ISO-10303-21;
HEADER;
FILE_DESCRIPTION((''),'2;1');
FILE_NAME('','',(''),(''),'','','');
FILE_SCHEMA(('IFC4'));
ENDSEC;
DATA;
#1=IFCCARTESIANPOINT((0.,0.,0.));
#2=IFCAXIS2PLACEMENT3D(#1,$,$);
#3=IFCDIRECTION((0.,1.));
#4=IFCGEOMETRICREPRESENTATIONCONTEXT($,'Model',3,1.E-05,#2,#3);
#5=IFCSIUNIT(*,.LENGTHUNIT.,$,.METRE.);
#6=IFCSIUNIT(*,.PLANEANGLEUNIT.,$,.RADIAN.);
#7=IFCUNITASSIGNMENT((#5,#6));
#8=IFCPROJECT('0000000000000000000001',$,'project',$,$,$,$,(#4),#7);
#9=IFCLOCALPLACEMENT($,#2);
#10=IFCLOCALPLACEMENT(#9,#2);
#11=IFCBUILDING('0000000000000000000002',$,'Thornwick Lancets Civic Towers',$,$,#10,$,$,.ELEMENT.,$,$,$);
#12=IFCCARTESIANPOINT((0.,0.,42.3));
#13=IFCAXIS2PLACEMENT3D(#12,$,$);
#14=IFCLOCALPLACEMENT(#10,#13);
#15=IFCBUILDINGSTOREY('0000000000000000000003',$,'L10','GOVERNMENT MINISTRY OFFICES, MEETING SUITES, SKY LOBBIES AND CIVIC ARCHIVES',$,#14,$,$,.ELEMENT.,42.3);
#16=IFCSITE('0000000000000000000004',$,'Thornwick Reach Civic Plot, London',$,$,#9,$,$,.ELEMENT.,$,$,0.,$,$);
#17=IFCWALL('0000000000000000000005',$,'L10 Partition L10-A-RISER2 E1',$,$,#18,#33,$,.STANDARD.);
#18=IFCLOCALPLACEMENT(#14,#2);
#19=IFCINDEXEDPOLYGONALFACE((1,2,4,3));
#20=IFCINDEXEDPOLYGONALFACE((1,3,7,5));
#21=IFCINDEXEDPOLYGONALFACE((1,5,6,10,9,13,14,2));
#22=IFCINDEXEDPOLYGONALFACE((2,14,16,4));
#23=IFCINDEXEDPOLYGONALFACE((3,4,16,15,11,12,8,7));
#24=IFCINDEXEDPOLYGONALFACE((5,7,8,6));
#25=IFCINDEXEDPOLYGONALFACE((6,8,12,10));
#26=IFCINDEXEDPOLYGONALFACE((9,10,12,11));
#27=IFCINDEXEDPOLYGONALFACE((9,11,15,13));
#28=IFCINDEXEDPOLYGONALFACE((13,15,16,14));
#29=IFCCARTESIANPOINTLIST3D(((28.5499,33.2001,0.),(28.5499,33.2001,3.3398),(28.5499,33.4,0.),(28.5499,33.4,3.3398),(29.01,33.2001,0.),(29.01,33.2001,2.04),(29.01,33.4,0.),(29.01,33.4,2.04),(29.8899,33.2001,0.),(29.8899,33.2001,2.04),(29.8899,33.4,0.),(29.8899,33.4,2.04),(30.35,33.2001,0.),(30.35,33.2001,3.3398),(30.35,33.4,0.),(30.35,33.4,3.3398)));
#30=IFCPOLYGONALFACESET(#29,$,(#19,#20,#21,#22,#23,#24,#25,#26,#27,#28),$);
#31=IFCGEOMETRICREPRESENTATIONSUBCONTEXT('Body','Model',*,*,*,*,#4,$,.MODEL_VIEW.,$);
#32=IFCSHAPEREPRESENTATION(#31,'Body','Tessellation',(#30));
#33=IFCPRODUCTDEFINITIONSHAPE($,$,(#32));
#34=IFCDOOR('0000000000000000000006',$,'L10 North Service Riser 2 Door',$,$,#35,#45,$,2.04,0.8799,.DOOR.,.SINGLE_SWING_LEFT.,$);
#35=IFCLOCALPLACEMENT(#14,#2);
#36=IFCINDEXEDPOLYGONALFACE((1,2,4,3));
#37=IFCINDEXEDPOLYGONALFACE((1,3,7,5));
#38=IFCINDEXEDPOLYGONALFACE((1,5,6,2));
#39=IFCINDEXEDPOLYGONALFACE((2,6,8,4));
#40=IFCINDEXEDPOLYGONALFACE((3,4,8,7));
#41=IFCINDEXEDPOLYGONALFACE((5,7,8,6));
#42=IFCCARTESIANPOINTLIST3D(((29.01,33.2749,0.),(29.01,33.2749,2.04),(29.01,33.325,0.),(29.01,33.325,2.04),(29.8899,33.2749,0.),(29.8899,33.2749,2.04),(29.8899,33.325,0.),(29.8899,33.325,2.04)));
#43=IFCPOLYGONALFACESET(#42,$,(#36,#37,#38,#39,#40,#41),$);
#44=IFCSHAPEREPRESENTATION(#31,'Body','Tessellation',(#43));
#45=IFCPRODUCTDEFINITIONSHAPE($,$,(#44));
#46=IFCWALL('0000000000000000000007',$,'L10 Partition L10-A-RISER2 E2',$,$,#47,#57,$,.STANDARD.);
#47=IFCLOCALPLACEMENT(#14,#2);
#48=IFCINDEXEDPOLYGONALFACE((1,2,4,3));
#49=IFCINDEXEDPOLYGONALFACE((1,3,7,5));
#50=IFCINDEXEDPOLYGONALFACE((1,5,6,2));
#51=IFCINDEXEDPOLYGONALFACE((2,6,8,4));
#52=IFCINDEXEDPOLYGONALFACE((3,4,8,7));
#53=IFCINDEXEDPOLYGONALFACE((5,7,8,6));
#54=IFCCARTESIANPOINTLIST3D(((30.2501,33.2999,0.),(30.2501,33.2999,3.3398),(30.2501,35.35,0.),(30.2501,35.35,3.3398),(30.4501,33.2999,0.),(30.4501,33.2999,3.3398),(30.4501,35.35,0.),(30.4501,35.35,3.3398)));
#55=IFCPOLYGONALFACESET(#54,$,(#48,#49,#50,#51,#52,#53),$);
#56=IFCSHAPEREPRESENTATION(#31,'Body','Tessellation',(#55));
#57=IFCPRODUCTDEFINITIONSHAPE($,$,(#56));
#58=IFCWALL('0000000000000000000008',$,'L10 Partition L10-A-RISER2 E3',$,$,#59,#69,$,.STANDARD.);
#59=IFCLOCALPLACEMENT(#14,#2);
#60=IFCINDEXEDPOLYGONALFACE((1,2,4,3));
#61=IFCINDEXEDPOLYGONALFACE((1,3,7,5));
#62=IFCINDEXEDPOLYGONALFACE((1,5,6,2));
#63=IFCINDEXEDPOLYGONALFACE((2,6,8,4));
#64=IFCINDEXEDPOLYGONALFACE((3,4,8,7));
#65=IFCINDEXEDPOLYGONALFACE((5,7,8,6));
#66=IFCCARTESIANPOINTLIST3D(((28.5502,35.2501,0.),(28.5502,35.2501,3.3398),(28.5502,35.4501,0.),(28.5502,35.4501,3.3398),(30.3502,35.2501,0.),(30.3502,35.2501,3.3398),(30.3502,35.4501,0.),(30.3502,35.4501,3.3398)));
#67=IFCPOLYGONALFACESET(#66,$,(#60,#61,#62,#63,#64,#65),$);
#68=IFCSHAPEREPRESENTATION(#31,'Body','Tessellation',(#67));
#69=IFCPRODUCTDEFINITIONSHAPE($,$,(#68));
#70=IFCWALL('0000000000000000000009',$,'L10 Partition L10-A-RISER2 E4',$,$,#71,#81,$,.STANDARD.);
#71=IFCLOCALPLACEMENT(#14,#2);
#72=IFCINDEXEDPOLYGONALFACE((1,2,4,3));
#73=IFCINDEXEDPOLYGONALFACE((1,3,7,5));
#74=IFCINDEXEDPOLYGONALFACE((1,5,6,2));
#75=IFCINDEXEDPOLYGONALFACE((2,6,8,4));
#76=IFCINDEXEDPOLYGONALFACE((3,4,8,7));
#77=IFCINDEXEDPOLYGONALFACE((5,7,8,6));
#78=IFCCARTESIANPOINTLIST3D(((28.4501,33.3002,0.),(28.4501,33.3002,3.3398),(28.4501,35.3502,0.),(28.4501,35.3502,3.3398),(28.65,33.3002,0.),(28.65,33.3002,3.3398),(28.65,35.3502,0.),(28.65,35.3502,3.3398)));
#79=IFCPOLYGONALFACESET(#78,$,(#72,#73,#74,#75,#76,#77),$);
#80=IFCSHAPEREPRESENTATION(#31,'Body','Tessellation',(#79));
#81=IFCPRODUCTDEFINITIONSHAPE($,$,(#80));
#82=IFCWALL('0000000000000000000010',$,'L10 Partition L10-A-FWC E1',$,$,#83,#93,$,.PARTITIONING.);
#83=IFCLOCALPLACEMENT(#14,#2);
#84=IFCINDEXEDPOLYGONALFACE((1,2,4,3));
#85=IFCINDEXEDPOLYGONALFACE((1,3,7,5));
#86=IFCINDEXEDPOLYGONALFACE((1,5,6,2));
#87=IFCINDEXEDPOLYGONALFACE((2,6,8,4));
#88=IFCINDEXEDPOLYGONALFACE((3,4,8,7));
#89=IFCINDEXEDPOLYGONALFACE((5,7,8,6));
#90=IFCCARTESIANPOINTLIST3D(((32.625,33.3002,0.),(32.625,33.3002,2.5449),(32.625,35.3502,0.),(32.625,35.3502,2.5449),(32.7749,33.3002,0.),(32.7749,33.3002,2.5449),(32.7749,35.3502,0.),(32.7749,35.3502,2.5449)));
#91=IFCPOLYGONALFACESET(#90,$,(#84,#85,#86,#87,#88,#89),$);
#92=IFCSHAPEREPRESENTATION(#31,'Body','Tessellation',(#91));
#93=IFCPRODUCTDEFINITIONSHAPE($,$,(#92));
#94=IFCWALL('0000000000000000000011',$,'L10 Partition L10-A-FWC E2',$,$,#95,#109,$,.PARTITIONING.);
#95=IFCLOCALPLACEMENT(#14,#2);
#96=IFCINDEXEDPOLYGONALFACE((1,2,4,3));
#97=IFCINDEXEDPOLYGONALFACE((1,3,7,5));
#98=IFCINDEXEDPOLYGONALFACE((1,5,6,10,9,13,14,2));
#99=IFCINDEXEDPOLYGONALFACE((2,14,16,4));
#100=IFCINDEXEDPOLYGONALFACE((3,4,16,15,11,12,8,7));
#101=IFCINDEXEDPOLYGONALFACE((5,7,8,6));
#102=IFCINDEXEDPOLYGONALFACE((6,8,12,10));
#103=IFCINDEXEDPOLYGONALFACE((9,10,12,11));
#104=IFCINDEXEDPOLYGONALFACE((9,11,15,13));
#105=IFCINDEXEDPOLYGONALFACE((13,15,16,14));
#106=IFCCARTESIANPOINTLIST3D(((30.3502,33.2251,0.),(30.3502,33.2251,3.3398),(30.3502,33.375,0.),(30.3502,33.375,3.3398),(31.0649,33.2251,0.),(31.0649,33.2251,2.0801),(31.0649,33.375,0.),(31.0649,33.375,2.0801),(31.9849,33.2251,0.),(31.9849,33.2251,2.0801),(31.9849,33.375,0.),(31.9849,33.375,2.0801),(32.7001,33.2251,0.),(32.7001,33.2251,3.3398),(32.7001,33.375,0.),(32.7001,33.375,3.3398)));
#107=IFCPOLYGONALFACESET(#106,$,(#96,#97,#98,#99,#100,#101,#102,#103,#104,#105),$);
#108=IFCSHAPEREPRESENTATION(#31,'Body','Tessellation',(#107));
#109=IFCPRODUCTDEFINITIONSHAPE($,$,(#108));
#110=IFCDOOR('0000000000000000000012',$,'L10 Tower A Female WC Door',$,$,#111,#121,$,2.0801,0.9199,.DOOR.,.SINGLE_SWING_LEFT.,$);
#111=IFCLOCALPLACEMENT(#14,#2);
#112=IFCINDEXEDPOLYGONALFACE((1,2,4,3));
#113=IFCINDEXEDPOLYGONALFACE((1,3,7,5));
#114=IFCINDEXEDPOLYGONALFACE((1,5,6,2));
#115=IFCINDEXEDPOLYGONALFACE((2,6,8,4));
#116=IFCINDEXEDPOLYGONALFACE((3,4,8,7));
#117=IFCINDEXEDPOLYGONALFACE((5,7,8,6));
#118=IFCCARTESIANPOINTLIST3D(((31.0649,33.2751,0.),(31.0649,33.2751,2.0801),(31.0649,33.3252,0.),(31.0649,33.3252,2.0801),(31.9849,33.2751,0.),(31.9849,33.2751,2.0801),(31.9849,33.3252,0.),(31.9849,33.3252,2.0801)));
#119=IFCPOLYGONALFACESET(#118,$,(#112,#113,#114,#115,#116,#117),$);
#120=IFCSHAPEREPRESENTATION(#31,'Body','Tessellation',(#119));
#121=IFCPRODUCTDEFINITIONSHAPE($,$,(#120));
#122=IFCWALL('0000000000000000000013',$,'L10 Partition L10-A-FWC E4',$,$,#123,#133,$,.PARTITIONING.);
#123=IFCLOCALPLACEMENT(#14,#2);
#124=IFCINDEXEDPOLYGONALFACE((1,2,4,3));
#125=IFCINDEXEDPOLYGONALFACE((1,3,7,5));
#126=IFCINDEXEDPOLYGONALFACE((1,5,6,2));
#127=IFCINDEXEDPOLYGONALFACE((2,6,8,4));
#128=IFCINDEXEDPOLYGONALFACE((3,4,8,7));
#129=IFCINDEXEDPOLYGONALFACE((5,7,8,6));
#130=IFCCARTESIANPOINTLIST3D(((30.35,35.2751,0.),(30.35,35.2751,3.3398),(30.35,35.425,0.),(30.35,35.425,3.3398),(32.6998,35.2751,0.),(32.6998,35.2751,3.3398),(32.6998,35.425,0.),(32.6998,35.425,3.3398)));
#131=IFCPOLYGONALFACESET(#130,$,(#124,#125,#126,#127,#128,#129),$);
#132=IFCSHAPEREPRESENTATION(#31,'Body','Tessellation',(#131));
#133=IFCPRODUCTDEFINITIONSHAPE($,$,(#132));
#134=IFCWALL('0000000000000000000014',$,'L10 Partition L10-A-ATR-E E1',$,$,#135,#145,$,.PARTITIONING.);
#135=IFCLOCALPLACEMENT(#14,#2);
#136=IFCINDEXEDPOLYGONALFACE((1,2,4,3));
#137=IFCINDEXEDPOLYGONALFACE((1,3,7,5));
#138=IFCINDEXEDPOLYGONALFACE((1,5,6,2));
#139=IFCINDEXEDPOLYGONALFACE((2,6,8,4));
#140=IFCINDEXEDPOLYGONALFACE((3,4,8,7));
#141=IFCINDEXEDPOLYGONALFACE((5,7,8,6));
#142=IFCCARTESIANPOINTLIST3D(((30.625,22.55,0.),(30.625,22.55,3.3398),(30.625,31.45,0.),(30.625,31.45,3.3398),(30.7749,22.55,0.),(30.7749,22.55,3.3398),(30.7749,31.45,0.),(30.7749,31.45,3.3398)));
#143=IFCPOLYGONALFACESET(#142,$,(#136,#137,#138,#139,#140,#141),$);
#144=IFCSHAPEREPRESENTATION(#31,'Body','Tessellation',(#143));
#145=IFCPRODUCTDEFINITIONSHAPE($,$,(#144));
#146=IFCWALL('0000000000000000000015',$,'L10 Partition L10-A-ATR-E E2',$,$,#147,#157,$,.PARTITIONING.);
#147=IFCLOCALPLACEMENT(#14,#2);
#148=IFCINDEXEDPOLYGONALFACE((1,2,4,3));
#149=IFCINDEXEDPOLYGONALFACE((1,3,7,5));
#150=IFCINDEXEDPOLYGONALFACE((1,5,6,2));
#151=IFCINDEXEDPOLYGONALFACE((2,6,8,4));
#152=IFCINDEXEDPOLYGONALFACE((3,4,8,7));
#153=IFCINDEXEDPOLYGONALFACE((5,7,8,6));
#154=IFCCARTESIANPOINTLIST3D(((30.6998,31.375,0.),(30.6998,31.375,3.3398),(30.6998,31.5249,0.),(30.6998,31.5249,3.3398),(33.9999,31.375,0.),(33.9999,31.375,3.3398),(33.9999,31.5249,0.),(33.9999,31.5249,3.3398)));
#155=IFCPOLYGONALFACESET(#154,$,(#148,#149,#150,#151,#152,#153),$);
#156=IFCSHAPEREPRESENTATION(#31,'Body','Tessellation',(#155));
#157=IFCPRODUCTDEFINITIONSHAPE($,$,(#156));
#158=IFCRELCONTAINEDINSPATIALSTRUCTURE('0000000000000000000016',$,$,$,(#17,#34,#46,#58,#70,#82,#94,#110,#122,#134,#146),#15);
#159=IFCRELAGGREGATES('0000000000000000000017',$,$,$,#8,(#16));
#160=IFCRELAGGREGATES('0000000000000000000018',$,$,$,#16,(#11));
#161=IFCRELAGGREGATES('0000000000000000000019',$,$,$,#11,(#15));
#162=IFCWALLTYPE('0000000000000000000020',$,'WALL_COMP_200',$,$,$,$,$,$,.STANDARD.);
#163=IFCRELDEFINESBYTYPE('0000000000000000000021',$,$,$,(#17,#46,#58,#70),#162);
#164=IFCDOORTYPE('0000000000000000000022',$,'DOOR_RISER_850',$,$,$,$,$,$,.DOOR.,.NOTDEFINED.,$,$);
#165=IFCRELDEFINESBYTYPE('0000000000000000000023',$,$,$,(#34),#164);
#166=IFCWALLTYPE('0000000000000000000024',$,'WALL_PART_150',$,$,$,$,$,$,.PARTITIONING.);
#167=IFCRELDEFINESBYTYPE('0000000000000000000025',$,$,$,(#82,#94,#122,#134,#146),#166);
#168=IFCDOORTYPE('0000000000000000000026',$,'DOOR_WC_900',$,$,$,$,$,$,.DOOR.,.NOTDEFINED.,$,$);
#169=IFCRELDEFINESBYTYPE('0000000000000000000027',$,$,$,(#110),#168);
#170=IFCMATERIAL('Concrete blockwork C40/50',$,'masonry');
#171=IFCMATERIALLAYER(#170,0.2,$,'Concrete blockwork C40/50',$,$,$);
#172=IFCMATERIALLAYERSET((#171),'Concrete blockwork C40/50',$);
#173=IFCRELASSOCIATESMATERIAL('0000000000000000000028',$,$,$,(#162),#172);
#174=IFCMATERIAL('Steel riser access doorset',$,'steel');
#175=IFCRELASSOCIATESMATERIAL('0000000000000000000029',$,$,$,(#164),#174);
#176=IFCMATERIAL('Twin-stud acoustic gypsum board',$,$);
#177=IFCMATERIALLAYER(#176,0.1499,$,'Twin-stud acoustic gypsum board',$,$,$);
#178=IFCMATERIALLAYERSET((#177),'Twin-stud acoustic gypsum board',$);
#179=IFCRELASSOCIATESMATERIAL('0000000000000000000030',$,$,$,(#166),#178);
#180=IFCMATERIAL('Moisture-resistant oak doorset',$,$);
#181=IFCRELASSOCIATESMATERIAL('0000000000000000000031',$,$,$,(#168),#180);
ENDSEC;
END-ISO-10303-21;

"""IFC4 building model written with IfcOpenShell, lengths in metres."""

from ifc_helpers import new_model, si_unit, direction, frame, frame_2d, origin, place, context, subcontext, project, spatial, rectangle, extrude, material, layer, layer_set, type_object, element, fill, save


model = new_model("IFC4")

# Units and contexts
model_context = context("Model", 3, precision=1e-05, world=origin(), true_north=direction((0.0, 1.0)))
body_context = subcontext(model_context, "Body", "Model", "MODEL_VIEW")
ifc_project = project(units=[si_unit("LENGTHUNIT", "METRE"), si_unit("PLANEANGLEUNIT", "RADIAN")], contexts=[model_context])

# Site, building, storey
site_placement = place(None, origin())
site = spatial("IfcSite", under=ifc_project, at=site_placement, Name="Thornwick Reach Civic Plot, London", CompositionType="ELEMENT", RefElevation=0.0)
building_placement = place(site_placement, origin())
building = spatial("IfcBuilding", under=site, at=building_placement, Name="Thornwick Lancets Civic Towers", CompositionType="ELEMENT")
storey_placement = place(building_placement, frame((0.0, 0.0, 42.3)))
storey = spatial("IfcBuildingStorey", under=building, at=storey_placement, Name="L10", Description="GOVERNMENT MINISTRY OFFICES, MEETING SUITES, SKY LOBBIES AND CIVIC ARCHIVES", CompositionType="ELEMENT", Elevation=42.3)

# Shared definitions
ifc_material_1 = material(Name="Concrete blockwork C40/50", Category="masonry")
ifc_layer_1 = layer(ifc_material_1, 0.2, Name="Concrete blockwork C40/50")
ifc_layer_set_1 = layer_set([ifc_layer_1], Name="Concrete blockwork C40/50")
wall_type_1 = type_object("IfcWallType", Name="WALL_COMP_200", PredefinedType="STANDARD", material=ifc_layer_set_1)

# Wall, opening, door
wall_1_placement = place(storey_placement, frame((28.55, 33.3, 0.0), z_axis=(0.0, 0.0, 1.0), x_axis=(1.0, 0.0, 0.0)))
wall_1 = element("IfcWall", 1, at=wall_1_placement, inside=storey, type_object=wall_type_1, Name="L10 Partition L10-A-RISER2 E1", PredefinedType="STANDARD", context=body_context, shape_type="SweptSolid", body=[
    extrude(rectangle(XDim=1.8, YDim=0.2, at=frame_2d((0.8999, 0.0))), origin(), (0.0, 0.0, 1.0), 3.3398),
])
opening_1_placement = place(wall_1_placement, frame((0.46, 0.0, 0.0)))
opening_1 = element("IfcOpeningElement", 2, at=opening_1_placement, cuts=wall_1, PredefinedType="OPENING", context=body_context, shape_type="SweptSolid", body=[
    extrude(rectangle(XDim=0.8799, YDim=2.04, at=frame_2d((0.4399, 1.02))), frame((0.0, 0.1099, 0.0), z_axis=(0.0, -1.0, 0.0), x_axis=(1.0, 0.0, 0.0)), (0.0, 0.0, 1.0), 0.22),
])
ifc_material_2 = material(Name="Steel riser access doorset", Category="steel")
door_type_1 = type_object("IfcDoorType", Name="DOOR_RISER_850", OperationType="NOTDEFINED", PredefinedType="DOOR", material=ifc_material_2)
door_1_placement = place(opening_1_placement, origin())
door_1 = element("IfcDoor", 3, at=door_1_placement, inside=storey, type_object=door_type_1, Name="L10 North Service Riser 2 Door", OperationType="SINGLE_SWING_LEFT", OverallHeight=2.04, OverallWidth=0.8799, PredefinedType="DOOR", context=body_context, shape_type="SweptSolid", body=[
    extrude(rectangle(XDim=0.8799, YDim=2.04, at=frame_2d((0.4399, 1.02))), frame((0.0, 0.0249, 0.0), z_axis=(0.0, -1.0, 0.0), x_axis=(1.0, 0.0, 0.0)), (0.0, 0.0, 1.0), 0.05),
])
fill(opening_1, door_1)

# Walls
wall_2_placement = place(storey_placement, frame((30.3501, 33.3, 0.0), z_axis=(0.0, 0.0, 1.0), x_axis=(0.0, 1.0, 0.0)))
element("IfcWall", 4, at=wall_2_placement, inside=storey, type_object=wall_type_1, Name="L10 Partition L10-A-RISER2 E2", PredefinedType="STANDARD", context=body_context, shape_type="SweptSolid", body=[
    extrude(rectangle(XDim=2.05, YDim=0.2, at=frame_2d((1.0249, 0.0))), origin(), (0.0, 0.0, 1.0), 3.3398),
])
wall_3_placement = place(storey_placement, frame((30.3501, 35.3501, 0.0), z_axis=(0.0, 0.0, 1.0), x_axis=(-1.0, 0.0, 0.0)))
element("IfcWall", 5, at=wall_3_placement, inside=storey, type_object=wall_type_1, Name="L10 Partition L10-A-RISER2 E3", PredefinedType="STANDARD", context=body_context, shape_type="SweptSolid", body=[
    extrude(rectangle(XDim=1.8, YDim=0.2, at=frame_2d((0.8999, 0.0))), origin(), (0.0, 0.0, 1.0), 3.3398),
])
wall_4_placement = place(storey_placement, frame((28.55, 35.3501, 0.0), z_axis=(0.0, 0.0, 1.0), x_axis=(0.0, -1.0, 0.0)))
element("IfcWall", 6, at=wall_4_placement, inside=storey, type_object=wall_type_1, Name="L10 Partition L10-A-RISER2 E4", PredefinedType="STANDARD", context=body_context, shape_type="SweptSolid", body=[
    extrude(rectangle(XDim=2.05, YDim=0.2, at=frame_2d((1.0249, 0.0))), origin(), (0.0, 0.0, 1.0), 3.3398),
])
ifc_material_3 = material(Name="Twin-stud acoustic gypsum board")
ifc_layer_2 = layer(ifc_material_3, 0.1499, Name="Twin-stud acoustic gypsum board")
ifc_layer_set_2 = layer_set([ifc_layer_2], Name="Twin-stud acoustic gypsum board")
wall_type_2 = type_object("IfcWallType", Name="WALL_PART_150", PredefinedType="PARTITIONING", material=ifc_layer_set_2)
wall_5_placement = place(storey_placement, frame((32.7, 35.3501, 0.0), z_axis=(0.0, 0.0, 1.0), x_axis=(0.0, -1.0, 0.0)))
element("IfcWall", 7, at=wall_5_placement, inside=storey, type_object=wall_type_2, Name="L10 Partition L10-A-FWC E1", PredefinedType="PARTITIONING", context=body_context, shape_type="SweptSolid", body=[
    extrude(rectangle(XDim=2.05, YDim=0.1499, at=frame_2d((1.0249, 0.0))), origin(), (0.0, 0.0, 1.0), 2.5449),
])

# Wall, opening, door
wall_6_placement = place(storey_placement, frame((32.7, 33.3, 0.0), z_axis=(0.0, 0.0, 1.0), x_axis=(-1.0, 0.0, 0.0)))
wall_6 = element("IfcWall", 8, at=wall_6_placement, inside=storey, type_object=wall_type_2, Name="L10 Partition L10-A-FWC E2", PredefinedType="PARTITIONING", context=body_context, shape_type="SweptSolid", body=[
    extrude(rectangle(XDim=2.3499, YDim=0.1499, at=frame_2d((1.1748, 0.0))), origin(), (0.0, 0.0, 1.0), 3.3398),
])
opening_2_placement = place(wall_6_placement, frame((0.7151, 0.0, 0.0)))
opening_2 = element("IfcOpeningElement", 9, at=opening_2_placement, cuts=wall_6, PredefinedType="OPENING", context=body_context, shape_type="SweptSolid", body=[
    extrude(rectangle(XDim=0.9199, YDim=2.0801, at=frame_2d((0.46, 1.04))), frame((0.0, 0.085, 0.0), z_axis=(0.0, -1.0, 0.0), x_axis=(1.0, 0.0, 0.0)), (0.0, 0.0, 1.0), 0.1699),
])
ifc_material_4 = material(Name="Moisture-resistant oak doorset")
door_type_2 = type_object("IfcDoorType", Name="DOOR_WC_900", OperationType="NOTDEFINED", PredefinedType="DOOR", material=ifc_material_4)
door_2_placement = place(opening_2_placement, origin())
door_2 = element("IfcDoor", 10, at=door_2_placement, inside=storey, type_object=door_type_2, Name="L10 Tower A Female WC Door", OperationType="SINGLE_SWING_LEFT", OverallHeight=2.0801, OverallWidth=0.9199, PredefinedType="DOOR", context=body_context, shape_type="SweptSolid", body=[
    extrude(rectangle(XDim=0.9199, YDim=2.0801, at=frame_2d((0.46, 1.04))), frame((0.0, 0.0249, 0.0), z_axis=(0.0, -1.0, 0.0), x_axis=(1.0, 0.0, 0.0)), (0.0, 0.0, 1.0), 0.05),
])
fill(opening_2, door_2)

# Walls
wall_7_placement = place(storey_placement, frame((30.3501, 35.3501, 0.0), z_axis=(0.0, 0.0, 1.0), x_axis=(1.0, 0.0, 0.0)))
element("IfcWall", 11, at=wall_7_placement, inside=storey, type_object=wall_type_2, Name="L10 Partition L10-A-FWC E4", PredefinedType="PARTITIONING", context=body_context, shape_type="SweptSolid", body=[
    extrude(rectangle(XDim=2.3499, YDim=0.1499, at=frame_2d((1.1748, 0.0))), origin(), (0.0, 0.0, 1.0), 3.3398),
])
wall_8_placement = place(storey_placement, frame((30.7, 22.55, 0.0), z_axis=(0.0, 0.0, 1.0), x_axis=(0.0, 1.0, 0.0)))
element("IfcWall", 12, at=wall_8_placement, inside=storey, type_object=wall_type_2, Name="L10 Partition L10-A-ATR-E E1", PredefinedType="PARTITIONING", context=body_context, shape_type="SweptSolid", body=[
    extrude(rectangle(XDim=8.8999, YDim=0.1499, at=frame_2d((4.45, 0.0))), origin(), (0.0, 0.0, 1.0), 3.3398),
])
wall_9_placement = place(storey_placement, frame((30.7, 31.45, 0.0), z_axis=(0.0, 0.0, 1.0), x_axis=(1.0, 0.0, 0.0)))
element("IfcWall", 13, at=wall_9_placement, inside=storey, type_object=wall_type_2, Name="L10 Partition L10-A-ATR-E E2", PredefinedType="PARTITIONING", context=body_context, shape_type="SweptSolid", body=[
    extrude(rectangle(XDim=3.3, YDim=0.1499, at=frame_2d((1.6499, 0.0))), origin(), (0.0, 0.0, 1.0), 3.3398),
])

save(model, "model.ifc")
